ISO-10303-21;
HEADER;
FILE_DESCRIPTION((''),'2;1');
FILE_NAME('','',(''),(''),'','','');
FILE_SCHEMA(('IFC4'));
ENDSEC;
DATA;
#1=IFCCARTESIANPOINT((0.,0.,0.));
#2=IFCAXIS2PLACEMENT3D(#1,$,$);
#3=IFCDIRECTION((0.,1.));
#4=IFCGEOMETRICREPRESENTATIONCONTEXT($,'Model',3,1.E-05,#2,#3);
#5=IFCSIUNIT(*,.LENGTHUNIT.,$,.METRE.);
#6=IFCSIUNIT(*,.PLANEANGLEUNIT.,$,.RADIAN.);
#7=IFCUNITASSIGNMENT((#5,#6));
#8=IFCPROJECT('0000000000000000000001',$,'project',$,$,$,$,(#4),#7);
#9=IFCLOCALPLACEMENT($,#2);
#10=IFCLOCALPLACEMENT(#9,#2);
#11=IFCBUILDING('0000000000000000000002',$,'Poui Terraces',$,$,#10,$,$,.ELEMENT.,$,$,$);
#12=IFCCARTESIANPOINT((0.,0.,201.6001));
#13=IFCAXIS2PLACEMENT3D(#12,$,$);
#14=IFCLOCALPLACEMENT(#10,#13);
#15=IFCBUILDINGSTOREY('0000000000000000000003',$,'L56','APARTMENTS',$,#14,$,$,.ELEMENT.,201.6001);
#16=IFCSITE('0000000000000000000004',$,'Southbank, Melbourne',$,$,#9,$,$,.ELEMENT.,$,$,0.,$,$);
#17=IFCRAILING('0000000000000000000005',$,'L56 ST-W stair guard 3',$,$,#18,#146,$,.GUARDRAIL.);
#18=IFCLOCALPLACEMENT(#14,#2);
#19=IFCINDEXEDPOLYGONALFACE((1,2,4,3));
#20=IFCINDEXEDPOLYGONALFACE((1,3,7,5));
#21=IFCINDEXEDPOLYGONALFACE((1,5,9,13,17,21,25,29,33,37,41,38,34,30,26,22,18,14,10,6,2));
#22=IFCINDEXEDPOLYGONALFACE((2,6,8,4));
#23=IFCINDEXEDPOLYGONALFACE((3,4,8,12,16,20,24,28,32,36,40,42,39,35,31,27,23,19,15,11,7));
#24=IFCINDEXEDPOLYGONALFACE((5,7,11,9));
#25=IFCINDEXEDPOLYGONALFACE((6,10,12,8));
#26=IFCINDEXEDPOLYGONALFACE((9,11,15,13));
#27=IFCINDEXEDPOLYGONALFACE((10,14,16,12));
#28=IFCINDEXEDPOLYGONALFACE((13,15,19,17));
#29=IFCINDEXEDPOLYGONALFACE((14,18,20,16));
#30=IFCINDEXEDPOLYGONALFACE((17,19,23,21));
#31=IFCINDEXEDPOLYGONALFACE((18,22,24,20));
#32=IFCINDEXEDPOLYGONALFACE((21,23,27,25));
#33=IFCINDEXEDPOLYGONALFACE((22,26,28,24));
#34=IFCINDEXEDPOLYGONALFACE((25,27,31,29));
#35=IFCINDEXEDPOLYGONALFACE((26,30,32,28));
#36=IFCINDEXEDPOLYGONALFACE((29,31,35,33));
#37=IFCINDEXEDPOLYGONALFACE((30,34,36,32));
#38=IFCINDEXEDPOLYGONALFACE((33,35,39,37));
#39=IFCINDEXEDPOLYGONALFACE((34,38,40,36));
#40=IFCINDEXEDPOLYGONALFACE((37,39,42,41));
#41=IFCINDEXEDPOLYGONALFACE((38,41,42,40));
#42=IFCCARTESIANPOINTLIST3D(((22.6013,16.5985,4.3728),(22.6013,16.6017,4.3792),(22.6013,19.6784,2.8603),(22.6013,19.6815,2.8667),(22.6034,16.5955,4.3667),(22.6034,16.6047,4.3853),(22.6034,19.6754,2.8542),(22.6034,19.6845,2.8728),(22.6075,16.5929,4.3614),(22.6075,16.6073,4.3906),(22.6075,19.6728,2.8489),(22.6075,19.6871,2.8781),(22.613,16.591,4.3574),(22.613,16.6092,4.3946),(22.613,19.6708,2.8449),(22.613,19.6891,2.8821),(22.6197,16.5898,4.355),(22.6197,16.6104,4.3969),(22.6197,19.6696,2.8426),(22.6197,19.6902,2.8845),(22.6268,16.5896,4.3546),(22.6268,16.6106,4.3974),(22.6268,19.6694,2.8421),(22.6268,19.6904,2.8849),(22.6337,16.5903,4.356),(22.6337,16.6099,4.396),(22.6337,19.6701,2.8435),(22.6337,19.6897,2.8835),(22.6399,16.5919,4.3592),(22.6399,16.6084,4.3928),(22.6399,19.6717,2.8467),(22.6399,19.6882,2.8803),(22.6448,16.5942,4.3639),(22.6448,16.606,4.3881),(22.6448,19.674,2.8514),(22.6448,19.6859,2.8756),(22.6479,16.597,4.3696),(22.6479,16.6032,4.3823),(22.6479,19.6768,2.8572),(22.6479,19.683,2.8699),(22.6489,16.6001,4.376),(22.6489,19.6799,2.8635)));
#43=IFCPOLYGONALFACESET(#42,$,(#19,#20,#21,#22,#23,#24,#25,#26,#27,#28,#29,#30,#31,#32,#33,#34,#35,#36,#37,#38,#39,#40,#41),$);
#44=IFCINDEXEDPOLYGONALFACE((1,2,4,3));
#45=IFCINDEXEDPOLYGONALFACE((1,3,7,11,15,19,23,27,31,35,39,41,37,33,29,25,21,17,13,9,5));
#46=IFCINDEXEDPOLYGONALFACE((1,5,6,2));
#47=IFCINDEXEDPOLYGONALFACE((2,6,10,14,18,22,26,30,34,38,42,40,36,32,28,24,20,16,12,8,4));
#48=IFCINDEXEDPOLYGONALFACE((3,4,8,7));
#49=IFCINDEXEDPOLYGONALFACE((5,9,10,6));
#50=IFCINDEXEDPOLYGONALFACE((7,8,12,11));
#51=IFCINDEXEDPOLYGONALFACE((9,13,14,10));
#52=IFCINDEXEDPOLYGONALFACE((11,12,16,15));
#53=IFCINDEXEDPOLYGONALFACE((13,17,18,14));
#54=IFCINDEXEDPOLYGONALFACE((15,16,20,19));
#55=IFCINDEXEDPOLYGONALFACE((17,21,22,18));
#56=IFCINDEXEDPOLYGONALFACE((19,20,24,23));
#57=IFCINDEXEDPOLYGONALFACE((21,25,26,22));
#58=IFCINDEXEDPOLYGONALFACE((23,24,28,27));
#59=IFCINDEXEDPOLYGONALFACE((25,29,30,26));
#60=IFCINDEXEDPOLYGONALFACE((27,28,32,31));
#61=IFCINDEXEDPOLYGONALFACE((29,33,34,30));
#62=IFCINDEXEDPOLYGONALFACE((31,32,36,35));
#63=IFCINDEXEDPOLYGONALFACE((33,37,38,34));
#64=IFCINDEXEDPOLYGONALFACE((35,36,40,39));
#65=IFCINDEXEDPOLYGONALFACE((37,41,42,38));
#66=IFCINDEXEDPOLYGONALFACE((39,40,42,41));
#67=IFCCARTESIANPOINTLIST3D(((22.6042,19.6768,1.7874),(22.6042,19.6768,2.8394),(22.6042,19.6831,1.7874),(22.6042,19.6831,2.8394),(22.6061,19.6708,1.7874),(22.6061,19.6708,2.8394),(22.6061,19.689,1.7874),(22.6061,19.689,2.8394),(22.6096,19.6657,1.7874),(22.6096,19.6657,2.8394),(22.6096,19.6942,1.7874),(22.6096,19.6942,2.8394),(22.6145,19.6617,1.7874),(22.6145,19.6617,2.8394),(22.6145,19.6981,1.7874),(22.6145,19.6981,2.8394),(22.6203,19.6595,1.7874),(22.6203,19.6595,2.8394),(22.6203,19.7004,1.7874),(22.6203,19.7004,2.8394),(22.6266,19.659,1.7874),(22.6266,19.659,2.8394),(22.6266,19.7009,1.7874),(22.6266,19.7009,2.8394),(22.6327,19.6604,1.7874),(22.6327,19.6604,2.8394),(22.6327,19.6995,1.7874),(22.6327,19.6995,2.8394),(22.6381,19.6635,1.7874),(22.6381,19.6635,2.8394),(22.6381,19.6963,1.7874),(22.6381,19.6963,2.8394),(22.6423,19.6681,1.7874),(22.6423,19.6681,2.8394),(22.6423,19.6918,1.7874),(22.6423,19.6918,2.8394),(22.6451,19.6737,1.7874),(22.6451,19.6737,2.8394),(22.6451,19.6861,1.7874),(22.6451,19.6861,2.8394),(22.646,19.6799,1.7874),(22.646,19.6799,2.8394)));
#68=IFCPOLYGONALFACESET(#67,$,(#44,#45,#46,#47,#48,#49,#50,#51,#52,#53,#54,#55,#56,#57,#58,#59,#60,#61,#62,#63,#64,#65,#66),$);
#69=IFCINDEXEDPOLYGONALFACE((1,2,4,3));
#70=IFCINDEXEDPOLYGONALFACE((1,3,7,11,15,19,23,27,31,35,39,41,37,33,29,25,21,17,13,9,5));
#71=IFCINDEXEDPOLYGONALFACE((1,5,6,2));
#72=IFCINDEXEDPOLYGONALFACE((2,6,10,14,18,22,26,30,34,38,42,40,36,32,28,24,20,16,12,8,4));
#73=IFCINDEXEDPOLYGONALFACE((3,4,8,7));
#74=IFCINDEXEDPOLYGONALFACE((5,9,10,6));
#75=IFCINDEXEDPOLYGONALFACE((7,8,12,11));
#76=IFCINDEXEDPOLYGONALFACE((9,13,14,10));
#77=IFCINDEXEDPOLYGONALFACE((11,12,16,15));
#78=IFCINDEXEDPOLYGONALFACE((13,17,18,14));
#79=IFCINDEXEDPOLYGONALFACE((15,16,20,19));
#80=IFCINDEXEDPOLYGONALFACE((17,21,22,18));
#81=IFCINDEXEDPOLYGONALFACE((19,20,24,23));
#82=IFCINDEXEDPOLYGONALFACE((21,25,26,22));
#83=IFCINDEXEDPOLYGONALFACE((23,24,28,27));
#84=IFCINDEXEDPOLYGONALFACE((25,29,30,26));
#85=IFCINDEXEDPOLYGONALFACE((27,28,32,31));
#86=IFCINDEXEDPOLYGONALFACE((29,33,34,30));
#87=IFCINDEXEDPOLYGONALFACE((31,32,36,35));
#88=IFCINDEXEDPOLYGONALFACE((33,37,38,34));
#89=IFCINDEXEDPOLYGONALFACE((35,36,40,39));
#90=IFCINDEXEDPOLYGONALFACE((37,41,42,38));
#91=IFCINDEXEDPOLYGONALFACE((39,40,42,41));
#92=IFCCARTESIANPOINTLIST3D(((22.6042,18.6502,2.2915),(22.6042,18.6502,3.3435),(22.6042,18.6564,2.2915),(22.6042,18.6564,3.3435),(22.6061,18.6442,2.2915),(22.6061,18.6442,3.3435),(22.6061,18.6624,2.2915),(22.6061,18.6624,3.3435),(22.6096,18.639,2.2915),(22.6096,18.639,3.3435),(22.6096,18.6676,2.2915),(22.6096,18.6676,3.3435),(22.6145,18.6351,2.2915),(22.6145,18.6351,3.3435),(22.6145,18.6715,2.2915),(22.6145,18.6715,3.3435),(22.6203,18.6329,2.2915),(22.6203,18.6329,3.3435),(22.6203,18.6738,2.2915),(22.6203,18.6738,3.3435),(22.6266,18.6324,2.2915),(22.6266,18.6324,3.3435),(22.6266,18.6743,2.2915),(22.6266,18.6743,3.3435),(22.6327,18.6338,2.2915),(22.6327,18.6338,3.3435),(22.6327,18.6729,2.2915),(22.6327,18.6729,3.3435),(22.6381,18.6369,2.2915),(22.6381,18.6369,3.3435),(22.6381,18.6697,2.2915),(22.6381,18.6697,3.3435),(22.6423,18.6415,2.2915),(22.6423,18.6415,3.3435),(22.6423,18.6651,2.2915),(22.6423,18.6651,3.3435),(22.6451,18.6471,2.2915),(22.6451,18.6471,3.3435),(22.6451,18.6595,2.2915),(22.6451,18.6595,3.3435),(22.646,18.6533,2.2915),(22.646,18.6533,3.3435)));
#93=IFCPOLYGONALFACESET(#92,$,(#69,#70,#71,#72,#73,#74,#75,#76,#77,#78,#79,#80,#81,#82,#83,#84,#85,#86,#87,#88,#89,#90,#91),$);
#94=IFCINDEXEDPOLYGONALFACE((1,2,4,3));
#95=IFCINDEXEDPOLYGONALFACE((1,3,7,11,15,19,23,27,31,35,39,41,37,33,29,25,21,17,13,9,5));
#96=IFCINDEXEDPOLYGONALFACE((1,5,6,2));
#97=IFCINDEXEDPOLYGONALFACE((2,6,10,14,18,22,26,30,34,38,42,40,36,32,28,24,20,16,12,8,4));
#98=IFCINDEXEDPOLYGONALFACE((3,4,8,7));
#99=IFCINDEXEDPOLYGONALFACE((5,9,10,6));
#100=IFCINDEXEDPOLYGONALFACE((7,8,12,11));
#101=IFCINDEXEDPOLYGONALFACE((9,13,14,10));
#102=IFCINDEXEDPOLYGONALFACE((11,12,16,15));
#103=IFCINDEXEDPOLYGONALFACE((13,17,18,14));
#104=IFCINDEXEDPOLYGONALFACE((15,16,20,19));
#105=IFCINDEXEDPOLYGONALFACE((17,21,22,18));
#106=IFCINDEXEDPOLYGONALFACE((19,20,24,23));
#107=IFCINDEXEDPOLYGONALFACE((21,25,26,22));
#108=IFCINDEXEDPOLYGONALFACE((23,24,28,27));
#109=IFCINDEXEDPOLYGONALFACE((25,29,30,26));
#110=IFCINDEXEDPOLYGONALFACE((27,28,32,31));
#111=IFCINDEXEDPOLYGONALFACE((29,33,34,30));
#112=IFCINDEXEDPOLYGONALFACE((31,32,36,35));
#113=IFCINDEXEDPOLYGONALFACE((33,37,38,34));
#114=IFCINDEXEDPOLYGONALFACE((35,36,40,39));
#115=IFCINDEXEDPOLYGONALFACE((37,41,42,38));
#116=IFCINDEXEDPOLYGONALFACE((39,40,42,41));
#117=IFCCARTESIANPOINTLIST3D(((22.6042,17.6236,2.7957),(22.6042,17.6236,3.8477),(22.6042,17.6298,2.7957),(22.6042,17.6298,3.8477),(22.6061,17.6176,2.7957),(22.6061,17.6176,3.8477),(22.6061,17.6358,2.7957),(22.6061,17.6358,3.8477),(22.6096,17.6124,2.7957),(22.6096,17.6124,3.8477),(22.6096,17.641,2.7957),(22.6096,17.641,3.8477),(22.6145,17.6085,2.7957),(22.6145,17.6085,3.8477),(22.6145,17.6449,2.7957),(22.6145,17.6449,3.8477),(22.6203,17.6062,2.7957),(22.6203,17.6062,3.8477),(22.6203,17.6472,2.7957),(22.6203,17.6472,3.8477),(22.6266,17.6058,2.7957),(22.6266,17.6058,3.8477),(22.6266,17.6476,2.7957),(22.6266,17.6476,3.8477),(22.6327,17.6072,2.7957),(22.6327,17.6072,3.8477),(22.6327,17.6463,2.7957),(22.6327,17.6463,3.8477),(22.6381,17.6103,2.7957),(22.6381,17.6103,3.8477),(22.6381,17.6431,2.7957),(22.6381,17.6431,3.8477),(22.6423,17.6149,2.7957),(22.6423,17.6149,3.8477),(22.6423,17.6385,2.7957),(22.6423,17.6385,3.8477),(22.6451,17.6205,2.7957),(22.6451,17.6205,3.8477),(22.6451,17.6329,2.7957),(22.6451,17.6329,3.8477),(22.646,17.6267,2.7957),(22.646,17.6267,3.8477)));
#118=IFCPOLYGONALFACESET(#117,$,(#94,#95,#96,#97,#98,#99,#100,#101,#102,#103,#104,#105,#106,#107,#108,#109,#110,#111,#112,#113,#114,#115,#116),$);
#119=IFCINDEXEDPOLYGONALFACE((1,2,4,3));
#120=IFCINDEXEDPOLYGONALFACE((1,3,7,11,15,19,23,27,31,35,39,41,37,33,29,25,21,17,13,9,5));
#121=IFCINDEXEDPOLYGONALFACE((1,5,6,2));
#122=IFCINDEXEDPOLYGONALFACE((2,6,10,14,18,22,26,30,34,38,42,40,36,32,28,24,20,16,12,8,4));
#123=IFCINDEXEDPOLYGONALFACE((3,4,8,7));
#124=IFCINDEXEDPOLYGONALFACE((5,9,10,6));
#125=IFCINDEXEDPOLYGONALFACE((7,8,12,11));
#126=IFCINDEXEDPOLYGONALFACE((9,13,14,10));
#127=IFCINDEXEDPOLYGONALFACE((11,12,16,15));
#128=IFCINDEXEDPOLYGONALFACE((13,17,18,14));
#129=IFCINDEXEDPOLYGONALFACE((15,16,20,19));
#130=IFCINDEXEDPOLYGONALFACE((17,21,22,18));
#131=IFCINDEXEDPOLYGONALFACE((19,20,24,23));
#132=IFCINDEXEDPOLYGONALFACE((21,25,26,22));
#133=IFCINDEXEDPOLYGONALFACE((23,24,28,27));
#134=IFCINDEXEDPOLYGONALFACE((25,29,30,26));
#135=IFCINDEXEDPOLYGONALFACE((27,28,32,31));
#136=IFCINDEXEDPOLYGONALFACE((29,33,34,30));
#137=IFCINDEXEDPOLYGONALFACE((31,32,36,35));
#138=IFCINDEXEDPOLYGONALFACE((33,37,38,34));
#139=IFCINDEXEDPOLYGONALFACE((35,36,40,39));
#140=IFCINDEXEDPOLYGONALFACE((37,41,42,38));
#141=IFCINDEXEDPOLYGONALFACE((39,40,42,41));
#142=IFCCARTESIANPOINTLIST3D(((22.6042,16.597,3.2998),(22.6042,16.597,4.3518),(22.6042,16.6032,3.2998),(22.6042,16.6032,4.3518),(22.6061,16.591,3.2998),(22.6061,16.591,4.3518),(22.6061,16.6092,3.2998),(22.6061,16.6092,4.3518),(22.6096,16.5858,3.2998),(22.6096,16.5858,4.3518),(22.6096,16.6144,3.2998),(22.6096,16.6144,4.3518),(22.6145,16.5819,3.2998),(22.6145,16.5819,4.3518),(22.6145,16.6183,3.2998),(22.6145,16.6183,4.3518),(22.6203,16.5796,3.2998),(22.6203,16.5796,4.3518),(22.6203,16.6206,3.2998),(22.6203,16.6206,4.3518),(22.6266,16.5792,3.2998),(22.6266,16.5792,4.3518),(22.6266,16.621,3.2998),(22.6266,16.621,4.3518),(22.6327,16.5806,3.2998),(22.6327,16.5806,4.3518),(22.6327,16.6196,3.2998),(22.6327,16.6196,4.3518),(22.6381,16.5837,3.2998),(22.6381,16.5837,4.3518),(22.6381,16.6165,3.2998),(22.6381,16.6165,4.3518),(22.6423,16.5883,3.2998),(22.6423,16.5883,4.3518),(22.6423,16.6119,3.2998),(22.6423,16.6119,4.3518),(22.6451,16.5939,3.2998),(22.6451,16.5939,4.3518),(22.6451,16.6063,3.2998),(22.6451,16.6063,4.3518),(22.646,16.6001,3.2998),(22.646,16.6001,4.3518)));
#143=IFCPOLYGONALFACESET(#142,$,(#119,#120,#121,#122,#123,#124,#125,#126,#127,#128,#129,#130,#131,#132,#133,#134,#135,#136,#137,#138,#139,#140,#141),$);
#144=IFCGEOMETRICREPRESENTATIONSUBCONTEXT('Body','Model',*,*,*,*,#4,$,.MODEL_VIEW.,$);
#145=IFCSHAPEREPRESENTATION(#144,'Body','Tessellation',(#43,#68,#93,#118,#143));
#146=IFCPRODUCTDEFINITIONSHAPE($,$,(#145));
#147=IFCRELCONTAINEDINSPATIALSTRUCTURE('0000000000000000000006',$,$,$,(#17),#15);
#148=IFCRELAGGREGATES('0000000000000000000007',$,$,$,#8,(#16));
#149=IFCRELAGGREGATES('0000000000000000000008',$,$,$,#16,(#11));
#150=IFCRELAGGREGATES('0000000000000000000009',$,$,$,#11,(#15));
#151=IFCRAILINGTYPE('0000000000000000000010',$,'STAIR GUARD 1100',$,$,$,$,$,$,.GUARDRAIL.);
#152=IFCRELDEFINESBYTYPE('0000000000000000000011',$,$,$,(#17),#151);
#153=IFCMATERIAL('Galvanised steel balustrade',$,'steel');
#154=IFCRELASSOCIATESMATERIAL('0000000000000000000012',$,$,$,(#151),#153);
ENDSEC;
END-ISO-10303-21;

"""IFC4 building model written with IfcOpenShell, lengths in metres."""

from ifc_helpers import new_model, si_unit, direction, frame, origin, origin_2d, place, context, subcontext, project, spatial, circle, extrude, material, type_object, element, save


model = new_model("IFC4")

# Units and contexts
model_context = context("Model", 3, precision=1e-05, world=origin(), true_north=direction((0.0, 1.0)))
body_context = subcontext(model_context, "Body", "Model", "MODEL_VIEW")
ifc_project = project(units=[si_unit("LENGTHUNIT", "METRE"), si_unit("PLANEANGLEUNIT", "RADIAN")], contexts=[model_context])

# Site, building, storey
site_placement = place(None, origin())
site = spatial("IfcSite", under=ifc_project, at=site_placement, Name="Southbank, Melbourne", CompositionType="ELEMENT", RefElevation=0.0)
building_placement = place(site_placement, origin())
building = spatial("IfcBuilding", under=site, at=building_placement, Name="Poui Terraces", CompositionType="ELEMENT")
storey_placement = place(building_placement, frame((0.0, 0.0, 201.6001)))
storey = spatial("IfcBuildingStorey", under=building, at=storey_placement, Name="L56", Description="APARTMENTS", CompositionType="ELEMENT", Elevation=201.6001)

# Railing
ifc_material_1 = material(Name="Galvanised steel balustrade", Category="steel")
railing_type_1 = type_object("IfcRailingType", Name="STAIR GUARD 1100", PredefinedType="GUARDRAIL", material=ifc_material_1)
railing_1_placement = place(storey_placement, frame((22.625, 19.6799, 1.7874)))
element("IfcRailing", 1, at=railing_1_placement, inside=storey, type_object=railing_type_1, Name="L56 ST-W stair guard 3", PredefinedType="GUARDRAIL", context=body_context, shape_type="SweptSolid", body=[
    extrude(circle(Radius=0.0239, at=origin_2d()), frame((0.0, 0.0, 1.0762), z_axis=(0.0, -0.897606, 0.440798), x_axis=(1.0, 0.0, 0.0)), (0.0, 0.0, 1.0), 3.4312),
    extrude(circle(Radius=0.021, at=origin_2d()), origin(), (0.0, 0.0, 1.0), 1.052),
    extrude(circle(Radius=0.021, at=origin_2d()), frame((0.0, -1.0266, 0.5042)), (0.0, 0.0, 1.0), 1.052),
    extrude(circle(Radius=0.021, at=origin_2d()), frame((0.0, -2.0532, 1.0083)), (0.0, 0.0, 1.0), 1.052),
    extrude(circle(Radius=0.021, at=origin_2d()), frame((0.0, -3.0798, 1.5125)), (0.0, 0.0, 1.0), 1.052),
])

save(model, "model.ifc")
